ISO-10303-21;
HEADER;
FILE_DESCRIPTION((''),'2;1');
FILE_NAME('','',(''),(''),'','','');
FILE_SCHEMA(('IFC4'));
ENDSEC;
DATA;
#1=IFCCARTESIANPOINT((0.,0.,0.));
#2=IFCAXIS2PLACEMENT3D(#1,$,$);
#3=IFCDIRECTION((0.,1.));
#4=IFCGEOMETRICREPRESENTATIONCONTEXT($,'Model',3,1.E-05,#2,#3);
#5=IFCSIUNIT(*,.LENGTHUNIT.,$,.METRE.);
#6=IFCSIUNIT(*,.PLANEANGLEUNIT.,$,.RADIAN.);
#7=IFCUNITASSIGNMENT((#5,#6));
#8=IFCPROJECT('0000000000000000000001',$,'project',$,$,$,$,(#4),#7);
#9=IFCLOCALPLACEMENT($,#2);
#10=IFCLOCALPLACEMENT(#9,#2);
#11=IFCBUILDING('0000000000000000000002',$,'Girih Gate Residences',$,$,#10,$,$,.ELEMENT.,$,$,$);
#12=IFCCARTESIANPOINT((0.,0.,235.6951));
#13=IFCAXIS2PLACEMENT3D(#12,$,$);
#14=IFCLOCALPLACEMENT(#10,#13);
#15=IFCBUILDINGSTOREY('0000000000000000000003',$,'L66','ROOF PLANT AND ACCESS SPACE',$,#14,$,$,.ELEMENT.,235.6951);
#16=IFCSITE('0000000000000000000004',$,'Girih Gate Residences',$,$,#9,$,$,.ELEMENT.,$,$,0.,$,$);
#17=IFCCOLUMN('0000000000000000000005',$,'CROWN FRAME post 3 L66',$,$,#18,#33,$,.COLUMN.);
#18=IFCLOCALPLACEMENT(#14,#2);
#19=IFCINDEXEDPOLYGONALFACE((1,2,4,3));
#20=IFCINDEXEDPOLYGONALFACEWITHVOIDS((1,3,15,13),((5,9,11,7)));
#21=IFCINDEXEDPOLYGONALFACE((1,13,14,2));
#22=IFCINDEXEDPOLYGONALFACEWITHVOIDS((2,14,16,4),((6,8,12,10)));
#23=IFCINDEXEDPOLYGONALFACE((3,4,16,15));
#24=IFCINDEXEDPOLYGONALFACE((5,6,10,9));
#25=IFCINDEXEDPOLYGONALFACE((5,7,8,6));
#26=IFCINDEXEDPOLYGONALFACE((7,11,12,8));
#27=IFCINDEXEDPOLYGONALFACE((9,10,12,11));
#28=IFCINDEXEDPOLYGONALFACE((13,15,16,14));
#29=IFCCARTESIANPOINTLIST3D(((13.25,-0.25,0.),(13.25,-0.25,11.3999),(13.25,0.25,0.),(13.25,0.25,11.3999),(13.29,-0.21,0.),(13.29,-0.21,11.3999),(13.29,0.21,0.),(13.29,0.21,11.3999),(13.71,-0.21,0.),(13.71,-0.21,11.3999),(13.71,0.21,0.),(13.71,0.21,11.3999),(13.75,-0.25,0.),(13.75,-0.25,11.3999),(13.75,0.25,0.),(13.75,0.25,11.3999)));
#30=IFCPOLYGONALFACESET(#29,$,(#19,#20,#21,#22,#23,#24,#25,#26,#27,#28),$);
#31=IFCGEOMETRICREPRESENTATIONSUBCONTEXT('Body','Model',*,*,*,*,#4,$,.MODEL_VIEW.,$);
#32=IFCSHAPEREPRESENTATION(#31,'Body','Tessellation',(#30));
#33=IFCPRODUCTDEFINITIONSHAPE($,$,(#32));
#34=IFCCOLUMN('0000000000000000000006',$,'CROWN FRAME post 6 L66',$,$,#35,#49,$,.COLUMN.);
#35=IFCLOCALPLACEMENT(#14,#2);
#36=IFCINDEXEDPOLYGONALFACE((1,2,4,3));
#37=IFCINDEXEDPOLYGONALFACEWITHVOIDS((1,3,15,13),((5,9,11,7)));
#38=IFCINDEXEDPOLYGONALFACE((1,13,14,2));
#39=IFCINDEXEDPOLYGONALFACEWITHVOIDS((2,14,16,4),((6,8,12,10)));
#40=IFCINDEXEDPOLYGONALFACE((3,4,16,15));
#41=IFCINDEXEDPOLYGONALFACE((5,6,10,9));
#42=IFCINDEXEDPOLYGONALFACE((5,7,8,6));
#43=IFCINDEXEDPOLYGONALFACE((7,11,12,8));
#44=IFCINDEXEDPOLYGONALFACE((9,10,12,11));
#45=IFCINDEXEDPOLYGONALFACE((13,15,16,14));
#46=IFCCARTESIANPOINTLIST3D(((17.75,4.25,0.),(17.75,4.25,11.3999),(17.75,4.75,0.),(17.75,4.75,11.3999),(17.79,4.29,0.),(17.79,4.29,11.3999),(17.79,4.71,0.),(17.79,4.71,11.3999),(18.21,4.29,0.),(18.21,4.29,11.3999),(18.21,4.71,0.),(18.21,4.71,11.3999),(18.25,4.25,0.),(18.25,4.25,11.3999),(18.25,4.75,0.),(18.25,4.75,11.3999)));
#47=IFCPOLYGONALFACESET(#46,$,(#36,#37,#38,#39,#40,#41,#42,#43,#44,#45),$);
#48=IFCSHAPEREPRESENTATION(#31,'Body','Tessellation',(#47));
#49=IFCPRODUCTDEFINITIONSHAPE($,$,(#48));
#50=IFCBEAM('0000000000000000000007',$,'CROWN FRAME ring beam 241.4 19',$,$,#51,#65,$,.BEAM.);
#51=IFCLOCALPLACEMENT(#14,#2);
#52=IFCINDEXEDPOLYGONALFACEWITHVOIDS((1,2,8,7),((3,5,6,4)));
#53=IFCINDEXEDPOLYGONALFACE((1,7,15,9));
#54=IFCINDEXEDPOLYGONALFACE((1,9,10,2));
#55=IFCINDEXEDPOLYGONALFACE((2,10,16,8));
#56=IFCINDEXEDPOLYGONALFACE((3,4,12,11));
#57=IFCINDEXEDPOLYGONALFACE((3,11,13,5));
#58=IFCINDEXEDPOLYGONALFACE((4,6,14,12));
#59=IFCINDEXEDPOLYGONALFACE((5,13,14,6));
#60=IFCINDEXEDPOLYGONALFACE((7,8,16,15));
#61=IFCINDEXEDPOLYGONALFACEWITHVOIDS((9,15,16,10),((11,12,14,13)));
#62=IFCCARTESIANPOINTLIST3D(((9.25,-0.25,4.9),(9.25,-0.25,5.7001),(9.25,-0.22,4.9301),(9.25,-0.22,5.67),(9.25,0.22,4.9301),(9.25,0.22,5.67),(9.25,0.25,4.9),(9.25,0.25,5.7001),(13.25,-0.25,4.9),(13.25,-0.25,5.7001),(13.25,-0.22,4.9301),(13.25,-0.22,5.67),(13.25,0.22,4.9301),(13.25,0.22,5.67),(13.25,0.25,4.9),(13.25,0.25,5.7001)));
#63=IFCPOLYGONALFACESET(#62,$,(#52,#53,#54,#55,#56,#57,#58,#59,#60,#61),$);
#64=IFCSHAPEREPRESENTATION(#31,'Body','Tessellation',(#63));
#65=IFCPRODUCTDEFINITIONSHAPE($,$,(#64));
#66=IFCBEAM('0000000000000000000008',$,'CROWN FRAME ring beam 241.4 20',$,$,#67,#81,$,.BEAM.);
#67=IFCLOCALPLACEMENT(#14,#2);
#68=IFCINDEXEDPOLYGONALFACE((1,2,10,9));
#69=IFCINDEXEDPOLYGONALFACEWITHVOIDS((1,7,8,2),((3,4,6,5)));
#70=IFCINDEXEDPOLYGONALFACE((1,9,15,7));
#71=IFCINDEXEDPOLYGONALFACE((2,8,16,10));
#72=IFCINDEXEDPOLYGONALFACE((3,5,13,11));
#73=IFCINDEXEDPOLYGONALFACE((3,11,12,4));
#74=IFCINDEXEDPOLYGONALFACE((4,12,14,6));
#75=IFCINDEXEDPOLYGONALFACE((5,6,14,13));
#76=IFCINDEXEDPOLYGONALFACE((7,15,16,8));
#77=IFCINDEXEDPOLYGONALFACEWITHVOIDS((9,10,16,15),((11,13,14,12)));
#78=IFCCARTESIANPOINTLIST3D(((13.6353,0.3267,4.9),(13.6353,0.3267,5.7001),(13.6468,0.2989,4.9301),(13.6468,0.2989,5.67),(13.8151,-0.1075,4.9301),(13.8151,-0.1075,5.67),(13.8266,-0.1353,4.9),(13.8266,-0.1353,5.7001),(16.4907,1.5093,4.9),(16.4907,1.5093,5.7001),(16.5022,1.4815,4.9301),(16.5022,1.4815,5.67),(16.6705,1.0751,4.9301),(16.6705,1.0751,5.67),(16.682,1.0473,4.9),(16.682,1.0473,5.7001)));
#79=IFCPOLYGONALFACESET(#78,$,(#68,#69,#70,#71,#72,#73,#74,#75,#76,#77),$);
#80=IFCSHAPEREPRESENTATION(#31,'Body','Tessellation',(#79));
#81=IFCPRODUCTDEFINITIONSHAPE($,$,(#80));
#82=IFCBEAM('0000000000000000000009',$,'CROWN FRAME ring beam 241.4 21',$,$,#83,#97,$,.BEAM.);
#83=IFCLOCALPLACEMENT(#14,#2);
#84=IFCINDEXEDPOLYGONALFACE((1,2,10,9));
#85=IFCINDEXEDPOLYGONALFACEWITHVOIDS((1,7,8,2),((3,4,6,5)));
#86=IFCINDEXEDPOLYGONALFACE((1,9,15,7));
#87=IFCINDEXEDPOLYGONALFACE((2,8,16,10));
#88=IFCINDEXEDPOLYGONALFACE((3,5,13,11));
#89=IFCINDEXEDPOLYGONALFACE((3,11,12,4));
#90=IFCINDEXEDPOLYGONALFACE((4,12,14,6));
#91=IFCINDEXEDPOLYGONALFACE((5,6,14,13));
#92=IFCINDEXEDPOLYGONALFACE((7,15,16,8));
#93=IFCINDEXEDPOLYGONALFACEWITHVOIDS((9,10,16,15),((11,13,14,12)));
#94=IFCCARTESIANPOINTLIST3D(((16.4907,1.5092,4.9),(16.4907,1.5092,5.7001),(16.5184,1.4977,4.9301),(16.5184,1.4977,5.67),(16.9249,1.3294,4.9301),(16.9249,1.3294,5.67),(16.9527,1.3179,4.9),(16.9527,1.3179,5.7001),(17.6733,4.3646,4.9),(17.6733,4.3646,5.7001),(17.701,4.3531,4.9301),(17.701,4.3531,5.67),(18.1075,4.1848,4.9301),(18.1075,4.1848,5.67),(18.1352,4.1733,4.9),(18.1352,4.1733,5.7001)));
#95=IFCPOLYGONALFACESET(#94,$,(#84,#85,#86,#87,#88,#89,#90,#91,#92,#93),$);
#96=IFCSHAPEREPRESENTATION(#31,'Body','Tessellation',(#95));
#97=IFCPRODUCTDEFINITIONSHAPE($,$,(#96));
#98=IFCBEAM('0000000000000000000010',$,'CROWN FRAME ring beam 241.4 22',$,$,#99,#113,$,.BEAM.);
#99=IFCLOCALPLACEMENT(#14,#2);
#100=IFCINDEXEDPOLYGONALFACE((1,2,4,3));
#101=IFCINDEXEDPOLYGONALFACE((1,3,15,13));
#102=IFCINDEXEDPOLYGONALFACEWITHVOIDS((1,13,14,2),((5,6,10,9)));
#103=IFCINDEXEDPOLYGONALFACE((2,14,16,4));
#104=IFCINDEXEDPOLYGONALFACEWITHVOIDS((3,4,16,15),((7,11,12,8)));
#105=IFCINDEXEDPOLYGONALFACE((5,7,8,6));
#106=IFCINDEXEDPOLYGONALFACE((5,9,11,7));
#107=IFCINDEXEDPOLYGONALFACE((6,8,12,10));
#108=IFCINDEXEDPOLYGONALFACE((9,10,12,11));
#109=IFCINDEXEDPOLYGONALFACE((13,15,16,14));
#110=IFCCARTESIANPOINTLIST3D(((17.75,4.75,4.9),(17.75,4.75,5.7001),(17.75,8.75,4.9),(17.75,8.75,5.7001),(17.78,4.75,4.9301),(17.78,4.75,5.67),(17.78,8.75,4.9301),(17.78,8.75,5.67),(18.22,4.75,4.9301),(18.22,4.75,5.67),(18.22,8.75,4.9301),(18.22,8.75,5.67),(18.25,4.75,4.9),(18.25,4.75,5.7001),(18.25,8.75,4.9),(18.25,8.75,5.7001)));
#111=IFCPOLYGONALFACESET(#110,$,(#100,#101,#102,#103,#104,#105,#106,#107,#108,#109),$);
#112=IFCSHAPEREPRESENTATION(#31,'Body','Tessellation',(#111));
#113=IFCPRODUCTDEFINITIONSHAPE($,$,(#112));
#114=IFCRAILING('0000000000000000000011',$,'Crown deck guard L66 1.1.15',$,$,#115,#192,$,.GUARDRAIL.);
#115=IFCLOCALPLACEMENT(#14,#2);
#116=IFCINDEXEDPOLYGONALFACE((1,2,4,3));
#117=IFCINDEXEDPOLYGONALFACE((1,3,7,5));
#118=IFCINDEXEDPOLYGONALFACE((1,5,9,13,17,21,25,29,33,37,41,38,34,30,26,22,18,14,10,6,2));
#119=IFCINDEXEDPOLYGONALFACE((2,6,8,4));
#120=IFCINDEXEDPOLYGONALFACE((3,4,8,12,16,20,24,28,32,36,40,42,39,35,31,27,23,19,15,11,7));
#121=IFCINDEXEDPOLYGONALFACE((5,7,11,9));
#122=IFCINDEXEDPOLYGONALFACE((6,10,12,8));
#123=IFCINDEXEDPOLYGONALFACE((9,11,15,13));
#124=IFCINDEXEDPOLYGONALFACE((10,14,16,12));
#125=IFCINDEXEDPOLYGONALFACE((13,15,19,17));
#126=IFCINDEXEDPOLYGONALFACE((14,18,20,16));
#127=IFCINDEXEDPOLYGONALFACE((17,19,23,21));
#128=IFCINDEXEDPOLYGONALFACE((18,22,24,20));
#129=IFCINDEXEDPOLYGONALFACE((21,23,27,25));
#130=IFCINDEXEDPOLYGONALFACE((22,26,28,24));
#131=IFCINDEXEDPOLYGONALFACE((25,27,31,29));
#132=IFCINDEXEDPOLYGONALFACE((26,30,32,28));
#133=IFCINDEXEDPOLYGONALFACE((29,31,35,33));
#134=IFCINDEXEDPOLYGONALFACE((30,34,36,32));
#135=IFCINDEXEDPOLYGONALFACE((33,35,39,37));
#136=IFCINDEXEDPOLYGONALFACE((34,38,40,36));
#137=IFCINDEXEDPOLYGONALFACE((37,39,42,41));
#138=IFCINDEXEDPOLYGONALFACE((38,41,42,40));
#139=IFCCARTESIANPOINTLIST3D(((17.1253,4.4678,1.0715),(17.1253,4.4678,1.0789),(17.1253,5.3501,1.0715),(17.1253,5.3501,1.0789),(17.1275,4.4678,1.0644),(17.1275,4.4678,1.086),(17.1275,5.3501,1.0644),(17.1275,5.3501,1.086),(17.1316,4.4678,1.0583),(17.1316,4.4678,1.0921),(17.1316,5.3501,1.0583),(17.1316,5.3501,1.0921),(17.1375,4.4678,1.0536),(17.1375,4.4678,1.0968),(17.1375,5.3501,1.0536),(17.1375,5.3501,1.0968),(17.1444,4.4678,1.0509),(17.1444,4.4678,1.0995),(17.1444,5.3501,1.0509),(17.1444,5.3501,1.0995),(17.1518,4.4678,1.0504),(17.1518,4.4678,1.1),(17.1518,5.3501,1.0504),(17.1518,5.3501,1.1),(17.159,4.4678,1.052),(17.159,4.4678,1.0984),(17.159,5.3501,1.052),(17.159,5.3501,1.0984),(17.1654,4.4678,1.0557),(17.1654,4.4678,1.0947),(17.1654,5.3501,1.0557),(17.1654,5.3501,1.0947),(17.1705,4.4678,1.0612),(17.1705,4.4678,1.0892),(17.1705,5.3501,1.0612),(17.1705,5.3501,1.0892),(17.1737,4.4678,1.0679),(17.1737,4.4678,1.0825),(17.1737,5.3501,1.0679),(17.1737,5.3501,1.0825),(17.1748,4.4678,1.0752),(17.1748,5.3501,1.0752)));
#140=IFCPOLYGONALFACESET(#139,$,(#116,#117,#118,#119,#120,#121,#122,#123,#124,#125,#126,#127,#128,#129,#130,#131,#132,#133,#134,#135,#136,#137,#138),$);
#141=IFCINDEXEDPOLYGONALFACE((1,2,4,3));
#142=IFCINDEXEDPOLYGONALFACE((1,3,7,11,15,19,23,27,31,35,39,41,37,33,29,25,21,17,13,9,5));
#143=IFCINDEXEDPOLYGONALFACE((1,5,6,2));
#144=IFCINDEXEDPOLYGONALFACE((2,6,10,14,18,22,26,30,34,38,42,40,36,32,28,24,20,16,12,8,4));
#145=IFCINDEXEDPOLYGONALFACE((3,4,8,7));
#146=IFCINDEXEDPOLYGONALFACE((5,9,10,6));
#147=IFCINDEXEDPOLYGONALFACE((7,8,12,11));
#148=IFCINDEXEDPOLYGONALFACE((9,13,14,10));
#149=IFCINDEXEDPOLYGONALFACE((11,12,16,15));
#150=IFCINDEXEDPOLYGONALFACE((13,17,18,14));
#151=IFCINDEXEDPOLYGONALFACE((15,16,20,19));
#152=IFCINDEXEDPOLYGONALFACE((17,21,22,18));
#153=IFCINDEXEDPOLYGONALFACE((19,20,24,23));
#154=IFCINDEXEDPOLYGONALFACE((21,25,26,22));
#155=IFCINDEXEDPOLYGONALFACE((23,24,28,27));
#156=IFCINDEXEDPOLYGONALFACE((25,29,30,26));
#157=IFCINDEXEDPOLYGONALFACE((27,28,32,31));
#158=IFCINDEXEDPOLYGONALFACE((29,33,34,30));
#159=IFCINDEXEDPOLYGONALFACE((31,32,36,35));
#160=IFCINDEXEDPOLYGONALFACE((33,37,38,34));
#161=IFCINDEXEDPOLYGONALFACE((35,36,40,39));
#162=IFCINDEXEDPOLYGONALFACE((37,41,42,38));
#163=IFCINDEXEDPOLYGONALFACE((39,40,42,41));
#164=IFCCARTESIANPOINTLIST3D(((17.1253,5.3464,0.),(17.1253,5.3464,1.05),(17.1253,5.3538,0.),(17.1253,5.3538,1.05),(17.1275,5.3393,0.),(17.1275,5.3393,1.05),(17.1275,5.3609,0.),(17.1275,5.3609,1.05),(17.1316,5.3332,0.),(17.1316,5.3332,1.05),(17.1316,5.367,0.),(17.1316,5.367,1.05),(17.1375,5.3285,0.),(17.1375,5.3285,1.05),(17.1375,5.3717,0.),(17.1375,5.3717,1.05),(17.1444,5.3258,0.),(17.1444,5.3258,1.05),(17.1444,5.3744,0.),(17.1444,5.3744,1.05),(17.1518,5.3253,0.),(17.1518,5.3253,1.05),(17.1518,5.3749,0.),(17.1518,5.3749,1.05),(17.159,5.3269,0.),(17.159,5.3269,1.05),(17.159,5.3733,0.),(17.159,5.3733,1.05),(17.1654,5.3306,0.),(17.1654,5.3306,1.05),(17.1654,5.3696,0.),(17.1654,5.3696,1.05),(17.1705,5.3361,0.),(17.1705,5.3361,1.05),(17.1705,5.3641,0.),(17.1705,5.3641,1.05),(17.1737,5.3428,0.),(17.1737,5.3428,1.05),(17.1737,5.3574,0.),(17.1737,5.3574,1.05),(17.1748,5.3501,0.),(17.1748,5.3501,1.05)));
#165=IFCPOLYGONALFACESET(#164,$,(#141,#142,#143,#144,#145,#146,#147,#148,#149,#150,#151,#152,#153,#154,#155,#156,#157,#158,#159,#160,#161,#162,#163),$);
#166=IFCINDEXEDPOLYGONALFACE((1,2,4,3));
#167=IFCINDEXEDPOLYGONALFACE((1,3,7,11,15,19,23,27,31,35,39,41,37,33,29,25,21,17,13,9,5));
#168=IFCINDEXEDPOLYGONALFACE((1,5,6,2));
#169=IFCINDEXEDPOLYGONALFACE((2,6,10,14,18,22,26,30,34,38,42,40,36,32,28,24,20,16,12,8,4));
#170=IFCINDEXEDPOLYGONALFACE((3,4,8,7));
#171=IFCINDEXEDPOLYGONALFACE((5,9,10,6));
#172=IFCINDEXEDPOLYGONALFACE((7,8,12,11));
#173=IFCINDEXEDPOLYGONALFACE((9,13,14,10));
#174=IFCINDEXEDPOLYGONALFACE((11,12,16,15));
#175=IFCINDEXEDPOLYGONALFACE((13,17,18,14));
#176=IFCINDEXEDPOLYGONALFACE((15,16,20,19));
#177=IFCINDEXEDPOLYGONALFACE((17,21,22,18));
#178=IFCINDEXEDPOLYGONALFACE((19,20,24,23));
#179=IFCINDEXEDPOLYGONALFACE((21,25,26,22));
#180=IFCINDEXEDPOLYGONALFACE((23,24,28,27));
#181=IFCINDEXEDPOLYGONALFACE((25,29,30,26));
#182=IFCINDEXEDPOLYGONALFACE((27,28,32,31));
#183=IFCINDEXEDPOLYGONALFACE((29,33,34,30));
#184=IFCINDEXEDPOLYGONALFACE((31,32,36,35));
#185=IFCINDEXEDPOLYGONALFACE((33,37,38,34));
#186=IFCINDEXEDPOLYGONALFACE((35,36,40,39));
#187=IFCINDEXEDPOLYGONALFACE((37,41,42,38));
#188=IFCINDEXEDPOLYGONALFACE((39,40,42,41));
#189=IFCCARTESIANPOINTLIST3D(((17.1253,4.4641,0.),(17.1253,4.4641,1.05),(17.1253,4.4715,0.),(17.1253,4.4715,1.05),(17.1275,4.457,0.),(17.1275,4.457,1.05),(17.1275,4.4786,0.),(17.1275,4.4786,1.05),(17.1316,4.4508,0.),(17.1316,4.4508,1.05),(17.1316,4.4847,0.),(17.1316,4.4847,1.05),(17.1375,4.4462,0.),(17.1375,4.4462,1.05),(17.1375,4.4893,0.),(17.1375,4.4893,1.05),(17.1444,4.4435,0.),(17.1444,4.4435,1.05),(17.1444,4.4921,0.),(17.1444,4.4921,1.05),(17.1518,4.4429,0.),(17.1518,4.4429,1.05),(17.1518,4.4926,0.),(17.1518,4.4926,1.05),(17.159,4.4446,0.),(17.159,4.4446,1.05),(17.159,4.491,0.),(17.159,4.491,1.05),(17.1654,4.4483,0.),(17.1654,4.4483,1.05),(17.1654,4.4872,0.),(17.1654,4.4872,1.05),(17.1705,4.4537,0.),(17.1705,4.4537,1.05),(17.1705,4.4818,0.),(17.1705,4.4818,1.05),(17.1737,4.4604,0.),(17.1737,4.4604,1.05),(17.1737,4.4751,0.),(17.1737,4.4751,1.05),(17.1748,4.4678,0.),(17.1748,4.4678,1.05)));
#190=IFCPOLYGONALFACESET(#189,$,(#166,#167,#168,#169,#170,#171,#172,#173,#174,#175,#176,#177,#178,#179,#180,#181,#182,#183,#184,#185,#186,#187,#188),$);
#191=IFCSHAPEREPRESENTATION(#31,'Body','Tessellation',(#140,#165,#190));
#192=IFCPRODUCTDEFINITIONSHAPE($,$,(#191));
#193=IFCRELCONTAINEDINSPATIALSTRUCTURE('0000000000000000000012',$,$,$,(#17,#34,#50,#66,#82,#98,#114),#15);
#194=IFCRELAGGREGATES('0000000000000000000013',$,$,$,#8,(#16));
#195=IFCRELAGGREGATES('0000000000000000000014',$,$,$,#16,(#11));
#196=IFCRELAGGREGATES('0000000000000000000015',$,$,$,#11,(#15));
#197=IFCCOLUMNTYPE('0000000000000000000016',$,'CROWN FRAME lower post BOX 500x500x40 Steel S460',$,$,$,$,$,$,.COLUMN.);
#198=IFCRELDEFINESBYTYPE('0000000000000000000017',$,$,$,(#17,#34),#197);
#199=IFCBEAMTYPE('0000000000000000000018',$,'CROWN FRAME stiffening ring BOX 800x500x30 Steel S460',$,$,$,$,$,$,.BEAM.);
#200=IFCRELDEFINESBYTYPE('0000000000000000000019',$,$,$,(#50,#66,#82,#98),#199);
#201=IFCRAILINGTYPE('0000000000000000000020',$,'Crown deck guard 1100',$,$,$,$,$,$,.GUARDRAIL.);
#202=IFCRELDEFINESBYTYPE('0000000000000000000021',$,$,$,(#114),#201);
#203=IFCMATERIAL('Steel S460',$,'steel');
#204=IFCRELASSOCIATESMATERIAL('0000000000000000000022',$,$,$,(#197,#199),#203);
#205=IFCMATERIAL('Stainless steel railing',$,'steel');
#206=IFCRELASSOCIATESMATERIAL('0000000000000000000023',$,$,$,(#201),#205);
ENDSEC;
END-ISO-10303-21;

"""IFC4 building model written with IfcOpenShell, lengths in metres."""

from ifc_helpers import new_model, si_unit, direction, frame, origin, origin_2d, place, context, subcontext, project, spatial, hollow_rectangle, circle, extrude, material, material_profile, profile_set, type_object, element, save


model = new_model("IFC4")

# Units and contexts
model_context = context("Model", 3, precision=1e-05, world=origin(), true_north=direction((0.0, 1.0)))
body_context = subcontext(model_context, "Body", "Model", "MODEL_VIEW")
ifc_project = project(units=[si_unit("LENGTHUNIT", "METRE"), si_unit("PLANEANGLEUNIT", "RADIAN")], contexts=[model_context])

# Site, building, storey
site_placement = place(None, origin())
site = spatial("IfcSite", under=ifc_project, at=site_placement, Name="Girih Gate Residences", CompositionType="ELEMENT", RefElevation=0.0)
building_placement = place(site_placement, origin())
building = spatial("IfcBuilding", under=site, at=building_placement, Name="Girih Gate Residences", CompositionType="ELEMENT")
storey_placement = place(building_placement, frame((0.0, 0.0, 235.6951)))
storey = spatial("IfcBuildingStorey", under=building, at=storey_placement, Name="L66", Description="ROOF PLANT AND ACCESS SPACE", CompositionType="ELEMENT", Elevation=235.6951)

# Columns
ifc_material_1 = material(Name="Steel S460", Category="steel")
ifc_material_profile_1 = material_profile(ifc_material_1, hollow_rectangle(XDim=0.5, YDim=0.5, WallThickness=0.04, at=origin_2d()))
ifc_profile_set_1 = profile_set([ifc_material_profile_1], Name="Steel S460")
column_type = type_object("IfcColumnType", Name="CROWN FRAME lower post BOX 500x500x40 Steel S460", PredefinedType="COLUMN", material=ifc_profile_set_1)
for number, where, z_axis, x_axis, name in (
    (1, (13.5, 0.0, 0.0), (0.0, 0.0, 1.0), (1.0, 0.0, 0.0), "CROWN FRAME post 3 L66"),
    (2, (18.0, 4.5, 0.0), (0.0, 0.0, 1.0), (1.0, 0.0, 0.0), "CROWN FRAME post 6 L66"),
):
    element("IfcColumn", number, at=place(storey_placement, frame(where, z_axis=z_axis, x_axis=x_axis)), inside=storey, type_object=column_type, Name=name, PredefinedType="COLUMN", context=body_context, shape_type="SweptSolid", body=[
        extrude(hollow_rectangle(XDim=0.5, YDim=0.5, WallThickness=0.04, at=origin_2d()), origin(), (0.0, 0.0, 1.0), 11.3999),
    ])

# Beams
ifc_material_profile_2 = material_profile(ifc_material_1, hollow_rectangle(XDim=0.5, YDim=0.8, WallThickness=0.03, at=origin_2d()))
ifc_profile_set_2 = profile_set([ifc_material_profile_2], Name="Steel S460")
beam_type = type_object("IfcBeamType", Name="CROWN FRAME stiffening ring BOX 800x500x30 Steel S460", PredefinedType="BEAM", material=ifc_profile_set_2)
beam_1_placement = place(storey_placement, frame((9.25, 0.0, 5.3), z_axis=(1.0, 0.0, 0.0), x_axis=(0.0, 1.0, 0.0)))
element("IfcBeam", 3, at=beam_1_placement, inside=storey, type_object=beam_type, Name="CROWN FRAME ring beam 241.4 19", PredefinedType="BEAM", context=body_context, shape_type="SweptSolid", body=[
    extrude(hollow_rectangle(XDim=0.5, YDim=0.8, WallThickness=0.03, at=origin_2d()), origin(), (0.0, 0.0, 1.0), 4.0),
])
for number, where, z_axis, x_axis, name in (
    (4, (13.731, 0.0957, 5.3), (0.923897, 0.38264, 0.0), (-0.38264, 0.923897, 0.0), "CROWN FRAME ring beam 241.4 20"),
    (5, (16.7217, 1.4136, 5.3), (0.38264, 0.923897, 0.0), (-0.923897, 0.38264, 0.0), "CROWN FRAME ring beam 241.4 21"),
):
    element("IfcBeam", number, at=place(storey_placement, frame(where, z_axis=z_axis, x_axis=x_axis)), inside=storey, type_object=beam_type, Name=name, PredefinedType="BEAM", context=body_context, shape_type="SweptSolid", body=[
        extrude(hollow_rectangle(XDim=0.5, YDim=0.8, WallThickness=0.03, at=origin_2d()), origin(), (0.0, 0.0, 1.0), 3.0906),
    ])
beam_2_placement = place(storey_placement, frame((18.0, 4.75, 5.3), z_axis=(0.0, 1.0, 0.0), x_axis=(-1.0, 0.0, 0.0)))
element("IfcBeam", 6, at=beam_2_placement, inside=storey, type_object=beam_type, Name="CROWN FRAME ring beam 241.4 22", PredefinedType="BEAM", context=body_context, shape_type="SweptSolid", body=[
    extrude(hollow_rectangle(XDim=0.5, YDim=0.8, WallThickness=0.03, at=origin_2d()), origin(), (0.0, 0.0, 1.0), 4.0),
])

# Railing
ifc_material_2 = material(Name="Stainless steel railing", Category="steel")
railing_type = type_object("IfcRailingType", Name="Crown deck guard 1100", PredefinedType="GUARDRAIL", material=ifc_material_2)
railing_1_placement = place(storey_placement, frame((17.1499, 5.3501, 0.0)))
element("IfcRailing", 7, at=railing_1_placement, inside=storey, type_object=railing_type, Name="Crown deck guard L66 1.1.15", PredefinedType="GUARDRAIL", context=body_context, shape_type="SweptSolid", body=[
    extrude(circle(Radius=0.0249, at=origin_2d()), frame((0.0, 0.0, 1.0752), z_axis=(0.0, -1.0, 0.0), x_axis=(1.0, 0.0, 0.0)), (0.0, 0.0, 1.0), 0.8823),
    extrude(circle(Radius=0.0249, at=origin_2d()), origin(), (0.0, 0.0, 1.0), 1.05),
    extrude(circle(Radius=0.0249, at=origin_2d()), frame((0.0, -0.8823, 0.0)), (0.0, 0.0, 1.0), 1.05),
])

save(model, "model.ifc")
